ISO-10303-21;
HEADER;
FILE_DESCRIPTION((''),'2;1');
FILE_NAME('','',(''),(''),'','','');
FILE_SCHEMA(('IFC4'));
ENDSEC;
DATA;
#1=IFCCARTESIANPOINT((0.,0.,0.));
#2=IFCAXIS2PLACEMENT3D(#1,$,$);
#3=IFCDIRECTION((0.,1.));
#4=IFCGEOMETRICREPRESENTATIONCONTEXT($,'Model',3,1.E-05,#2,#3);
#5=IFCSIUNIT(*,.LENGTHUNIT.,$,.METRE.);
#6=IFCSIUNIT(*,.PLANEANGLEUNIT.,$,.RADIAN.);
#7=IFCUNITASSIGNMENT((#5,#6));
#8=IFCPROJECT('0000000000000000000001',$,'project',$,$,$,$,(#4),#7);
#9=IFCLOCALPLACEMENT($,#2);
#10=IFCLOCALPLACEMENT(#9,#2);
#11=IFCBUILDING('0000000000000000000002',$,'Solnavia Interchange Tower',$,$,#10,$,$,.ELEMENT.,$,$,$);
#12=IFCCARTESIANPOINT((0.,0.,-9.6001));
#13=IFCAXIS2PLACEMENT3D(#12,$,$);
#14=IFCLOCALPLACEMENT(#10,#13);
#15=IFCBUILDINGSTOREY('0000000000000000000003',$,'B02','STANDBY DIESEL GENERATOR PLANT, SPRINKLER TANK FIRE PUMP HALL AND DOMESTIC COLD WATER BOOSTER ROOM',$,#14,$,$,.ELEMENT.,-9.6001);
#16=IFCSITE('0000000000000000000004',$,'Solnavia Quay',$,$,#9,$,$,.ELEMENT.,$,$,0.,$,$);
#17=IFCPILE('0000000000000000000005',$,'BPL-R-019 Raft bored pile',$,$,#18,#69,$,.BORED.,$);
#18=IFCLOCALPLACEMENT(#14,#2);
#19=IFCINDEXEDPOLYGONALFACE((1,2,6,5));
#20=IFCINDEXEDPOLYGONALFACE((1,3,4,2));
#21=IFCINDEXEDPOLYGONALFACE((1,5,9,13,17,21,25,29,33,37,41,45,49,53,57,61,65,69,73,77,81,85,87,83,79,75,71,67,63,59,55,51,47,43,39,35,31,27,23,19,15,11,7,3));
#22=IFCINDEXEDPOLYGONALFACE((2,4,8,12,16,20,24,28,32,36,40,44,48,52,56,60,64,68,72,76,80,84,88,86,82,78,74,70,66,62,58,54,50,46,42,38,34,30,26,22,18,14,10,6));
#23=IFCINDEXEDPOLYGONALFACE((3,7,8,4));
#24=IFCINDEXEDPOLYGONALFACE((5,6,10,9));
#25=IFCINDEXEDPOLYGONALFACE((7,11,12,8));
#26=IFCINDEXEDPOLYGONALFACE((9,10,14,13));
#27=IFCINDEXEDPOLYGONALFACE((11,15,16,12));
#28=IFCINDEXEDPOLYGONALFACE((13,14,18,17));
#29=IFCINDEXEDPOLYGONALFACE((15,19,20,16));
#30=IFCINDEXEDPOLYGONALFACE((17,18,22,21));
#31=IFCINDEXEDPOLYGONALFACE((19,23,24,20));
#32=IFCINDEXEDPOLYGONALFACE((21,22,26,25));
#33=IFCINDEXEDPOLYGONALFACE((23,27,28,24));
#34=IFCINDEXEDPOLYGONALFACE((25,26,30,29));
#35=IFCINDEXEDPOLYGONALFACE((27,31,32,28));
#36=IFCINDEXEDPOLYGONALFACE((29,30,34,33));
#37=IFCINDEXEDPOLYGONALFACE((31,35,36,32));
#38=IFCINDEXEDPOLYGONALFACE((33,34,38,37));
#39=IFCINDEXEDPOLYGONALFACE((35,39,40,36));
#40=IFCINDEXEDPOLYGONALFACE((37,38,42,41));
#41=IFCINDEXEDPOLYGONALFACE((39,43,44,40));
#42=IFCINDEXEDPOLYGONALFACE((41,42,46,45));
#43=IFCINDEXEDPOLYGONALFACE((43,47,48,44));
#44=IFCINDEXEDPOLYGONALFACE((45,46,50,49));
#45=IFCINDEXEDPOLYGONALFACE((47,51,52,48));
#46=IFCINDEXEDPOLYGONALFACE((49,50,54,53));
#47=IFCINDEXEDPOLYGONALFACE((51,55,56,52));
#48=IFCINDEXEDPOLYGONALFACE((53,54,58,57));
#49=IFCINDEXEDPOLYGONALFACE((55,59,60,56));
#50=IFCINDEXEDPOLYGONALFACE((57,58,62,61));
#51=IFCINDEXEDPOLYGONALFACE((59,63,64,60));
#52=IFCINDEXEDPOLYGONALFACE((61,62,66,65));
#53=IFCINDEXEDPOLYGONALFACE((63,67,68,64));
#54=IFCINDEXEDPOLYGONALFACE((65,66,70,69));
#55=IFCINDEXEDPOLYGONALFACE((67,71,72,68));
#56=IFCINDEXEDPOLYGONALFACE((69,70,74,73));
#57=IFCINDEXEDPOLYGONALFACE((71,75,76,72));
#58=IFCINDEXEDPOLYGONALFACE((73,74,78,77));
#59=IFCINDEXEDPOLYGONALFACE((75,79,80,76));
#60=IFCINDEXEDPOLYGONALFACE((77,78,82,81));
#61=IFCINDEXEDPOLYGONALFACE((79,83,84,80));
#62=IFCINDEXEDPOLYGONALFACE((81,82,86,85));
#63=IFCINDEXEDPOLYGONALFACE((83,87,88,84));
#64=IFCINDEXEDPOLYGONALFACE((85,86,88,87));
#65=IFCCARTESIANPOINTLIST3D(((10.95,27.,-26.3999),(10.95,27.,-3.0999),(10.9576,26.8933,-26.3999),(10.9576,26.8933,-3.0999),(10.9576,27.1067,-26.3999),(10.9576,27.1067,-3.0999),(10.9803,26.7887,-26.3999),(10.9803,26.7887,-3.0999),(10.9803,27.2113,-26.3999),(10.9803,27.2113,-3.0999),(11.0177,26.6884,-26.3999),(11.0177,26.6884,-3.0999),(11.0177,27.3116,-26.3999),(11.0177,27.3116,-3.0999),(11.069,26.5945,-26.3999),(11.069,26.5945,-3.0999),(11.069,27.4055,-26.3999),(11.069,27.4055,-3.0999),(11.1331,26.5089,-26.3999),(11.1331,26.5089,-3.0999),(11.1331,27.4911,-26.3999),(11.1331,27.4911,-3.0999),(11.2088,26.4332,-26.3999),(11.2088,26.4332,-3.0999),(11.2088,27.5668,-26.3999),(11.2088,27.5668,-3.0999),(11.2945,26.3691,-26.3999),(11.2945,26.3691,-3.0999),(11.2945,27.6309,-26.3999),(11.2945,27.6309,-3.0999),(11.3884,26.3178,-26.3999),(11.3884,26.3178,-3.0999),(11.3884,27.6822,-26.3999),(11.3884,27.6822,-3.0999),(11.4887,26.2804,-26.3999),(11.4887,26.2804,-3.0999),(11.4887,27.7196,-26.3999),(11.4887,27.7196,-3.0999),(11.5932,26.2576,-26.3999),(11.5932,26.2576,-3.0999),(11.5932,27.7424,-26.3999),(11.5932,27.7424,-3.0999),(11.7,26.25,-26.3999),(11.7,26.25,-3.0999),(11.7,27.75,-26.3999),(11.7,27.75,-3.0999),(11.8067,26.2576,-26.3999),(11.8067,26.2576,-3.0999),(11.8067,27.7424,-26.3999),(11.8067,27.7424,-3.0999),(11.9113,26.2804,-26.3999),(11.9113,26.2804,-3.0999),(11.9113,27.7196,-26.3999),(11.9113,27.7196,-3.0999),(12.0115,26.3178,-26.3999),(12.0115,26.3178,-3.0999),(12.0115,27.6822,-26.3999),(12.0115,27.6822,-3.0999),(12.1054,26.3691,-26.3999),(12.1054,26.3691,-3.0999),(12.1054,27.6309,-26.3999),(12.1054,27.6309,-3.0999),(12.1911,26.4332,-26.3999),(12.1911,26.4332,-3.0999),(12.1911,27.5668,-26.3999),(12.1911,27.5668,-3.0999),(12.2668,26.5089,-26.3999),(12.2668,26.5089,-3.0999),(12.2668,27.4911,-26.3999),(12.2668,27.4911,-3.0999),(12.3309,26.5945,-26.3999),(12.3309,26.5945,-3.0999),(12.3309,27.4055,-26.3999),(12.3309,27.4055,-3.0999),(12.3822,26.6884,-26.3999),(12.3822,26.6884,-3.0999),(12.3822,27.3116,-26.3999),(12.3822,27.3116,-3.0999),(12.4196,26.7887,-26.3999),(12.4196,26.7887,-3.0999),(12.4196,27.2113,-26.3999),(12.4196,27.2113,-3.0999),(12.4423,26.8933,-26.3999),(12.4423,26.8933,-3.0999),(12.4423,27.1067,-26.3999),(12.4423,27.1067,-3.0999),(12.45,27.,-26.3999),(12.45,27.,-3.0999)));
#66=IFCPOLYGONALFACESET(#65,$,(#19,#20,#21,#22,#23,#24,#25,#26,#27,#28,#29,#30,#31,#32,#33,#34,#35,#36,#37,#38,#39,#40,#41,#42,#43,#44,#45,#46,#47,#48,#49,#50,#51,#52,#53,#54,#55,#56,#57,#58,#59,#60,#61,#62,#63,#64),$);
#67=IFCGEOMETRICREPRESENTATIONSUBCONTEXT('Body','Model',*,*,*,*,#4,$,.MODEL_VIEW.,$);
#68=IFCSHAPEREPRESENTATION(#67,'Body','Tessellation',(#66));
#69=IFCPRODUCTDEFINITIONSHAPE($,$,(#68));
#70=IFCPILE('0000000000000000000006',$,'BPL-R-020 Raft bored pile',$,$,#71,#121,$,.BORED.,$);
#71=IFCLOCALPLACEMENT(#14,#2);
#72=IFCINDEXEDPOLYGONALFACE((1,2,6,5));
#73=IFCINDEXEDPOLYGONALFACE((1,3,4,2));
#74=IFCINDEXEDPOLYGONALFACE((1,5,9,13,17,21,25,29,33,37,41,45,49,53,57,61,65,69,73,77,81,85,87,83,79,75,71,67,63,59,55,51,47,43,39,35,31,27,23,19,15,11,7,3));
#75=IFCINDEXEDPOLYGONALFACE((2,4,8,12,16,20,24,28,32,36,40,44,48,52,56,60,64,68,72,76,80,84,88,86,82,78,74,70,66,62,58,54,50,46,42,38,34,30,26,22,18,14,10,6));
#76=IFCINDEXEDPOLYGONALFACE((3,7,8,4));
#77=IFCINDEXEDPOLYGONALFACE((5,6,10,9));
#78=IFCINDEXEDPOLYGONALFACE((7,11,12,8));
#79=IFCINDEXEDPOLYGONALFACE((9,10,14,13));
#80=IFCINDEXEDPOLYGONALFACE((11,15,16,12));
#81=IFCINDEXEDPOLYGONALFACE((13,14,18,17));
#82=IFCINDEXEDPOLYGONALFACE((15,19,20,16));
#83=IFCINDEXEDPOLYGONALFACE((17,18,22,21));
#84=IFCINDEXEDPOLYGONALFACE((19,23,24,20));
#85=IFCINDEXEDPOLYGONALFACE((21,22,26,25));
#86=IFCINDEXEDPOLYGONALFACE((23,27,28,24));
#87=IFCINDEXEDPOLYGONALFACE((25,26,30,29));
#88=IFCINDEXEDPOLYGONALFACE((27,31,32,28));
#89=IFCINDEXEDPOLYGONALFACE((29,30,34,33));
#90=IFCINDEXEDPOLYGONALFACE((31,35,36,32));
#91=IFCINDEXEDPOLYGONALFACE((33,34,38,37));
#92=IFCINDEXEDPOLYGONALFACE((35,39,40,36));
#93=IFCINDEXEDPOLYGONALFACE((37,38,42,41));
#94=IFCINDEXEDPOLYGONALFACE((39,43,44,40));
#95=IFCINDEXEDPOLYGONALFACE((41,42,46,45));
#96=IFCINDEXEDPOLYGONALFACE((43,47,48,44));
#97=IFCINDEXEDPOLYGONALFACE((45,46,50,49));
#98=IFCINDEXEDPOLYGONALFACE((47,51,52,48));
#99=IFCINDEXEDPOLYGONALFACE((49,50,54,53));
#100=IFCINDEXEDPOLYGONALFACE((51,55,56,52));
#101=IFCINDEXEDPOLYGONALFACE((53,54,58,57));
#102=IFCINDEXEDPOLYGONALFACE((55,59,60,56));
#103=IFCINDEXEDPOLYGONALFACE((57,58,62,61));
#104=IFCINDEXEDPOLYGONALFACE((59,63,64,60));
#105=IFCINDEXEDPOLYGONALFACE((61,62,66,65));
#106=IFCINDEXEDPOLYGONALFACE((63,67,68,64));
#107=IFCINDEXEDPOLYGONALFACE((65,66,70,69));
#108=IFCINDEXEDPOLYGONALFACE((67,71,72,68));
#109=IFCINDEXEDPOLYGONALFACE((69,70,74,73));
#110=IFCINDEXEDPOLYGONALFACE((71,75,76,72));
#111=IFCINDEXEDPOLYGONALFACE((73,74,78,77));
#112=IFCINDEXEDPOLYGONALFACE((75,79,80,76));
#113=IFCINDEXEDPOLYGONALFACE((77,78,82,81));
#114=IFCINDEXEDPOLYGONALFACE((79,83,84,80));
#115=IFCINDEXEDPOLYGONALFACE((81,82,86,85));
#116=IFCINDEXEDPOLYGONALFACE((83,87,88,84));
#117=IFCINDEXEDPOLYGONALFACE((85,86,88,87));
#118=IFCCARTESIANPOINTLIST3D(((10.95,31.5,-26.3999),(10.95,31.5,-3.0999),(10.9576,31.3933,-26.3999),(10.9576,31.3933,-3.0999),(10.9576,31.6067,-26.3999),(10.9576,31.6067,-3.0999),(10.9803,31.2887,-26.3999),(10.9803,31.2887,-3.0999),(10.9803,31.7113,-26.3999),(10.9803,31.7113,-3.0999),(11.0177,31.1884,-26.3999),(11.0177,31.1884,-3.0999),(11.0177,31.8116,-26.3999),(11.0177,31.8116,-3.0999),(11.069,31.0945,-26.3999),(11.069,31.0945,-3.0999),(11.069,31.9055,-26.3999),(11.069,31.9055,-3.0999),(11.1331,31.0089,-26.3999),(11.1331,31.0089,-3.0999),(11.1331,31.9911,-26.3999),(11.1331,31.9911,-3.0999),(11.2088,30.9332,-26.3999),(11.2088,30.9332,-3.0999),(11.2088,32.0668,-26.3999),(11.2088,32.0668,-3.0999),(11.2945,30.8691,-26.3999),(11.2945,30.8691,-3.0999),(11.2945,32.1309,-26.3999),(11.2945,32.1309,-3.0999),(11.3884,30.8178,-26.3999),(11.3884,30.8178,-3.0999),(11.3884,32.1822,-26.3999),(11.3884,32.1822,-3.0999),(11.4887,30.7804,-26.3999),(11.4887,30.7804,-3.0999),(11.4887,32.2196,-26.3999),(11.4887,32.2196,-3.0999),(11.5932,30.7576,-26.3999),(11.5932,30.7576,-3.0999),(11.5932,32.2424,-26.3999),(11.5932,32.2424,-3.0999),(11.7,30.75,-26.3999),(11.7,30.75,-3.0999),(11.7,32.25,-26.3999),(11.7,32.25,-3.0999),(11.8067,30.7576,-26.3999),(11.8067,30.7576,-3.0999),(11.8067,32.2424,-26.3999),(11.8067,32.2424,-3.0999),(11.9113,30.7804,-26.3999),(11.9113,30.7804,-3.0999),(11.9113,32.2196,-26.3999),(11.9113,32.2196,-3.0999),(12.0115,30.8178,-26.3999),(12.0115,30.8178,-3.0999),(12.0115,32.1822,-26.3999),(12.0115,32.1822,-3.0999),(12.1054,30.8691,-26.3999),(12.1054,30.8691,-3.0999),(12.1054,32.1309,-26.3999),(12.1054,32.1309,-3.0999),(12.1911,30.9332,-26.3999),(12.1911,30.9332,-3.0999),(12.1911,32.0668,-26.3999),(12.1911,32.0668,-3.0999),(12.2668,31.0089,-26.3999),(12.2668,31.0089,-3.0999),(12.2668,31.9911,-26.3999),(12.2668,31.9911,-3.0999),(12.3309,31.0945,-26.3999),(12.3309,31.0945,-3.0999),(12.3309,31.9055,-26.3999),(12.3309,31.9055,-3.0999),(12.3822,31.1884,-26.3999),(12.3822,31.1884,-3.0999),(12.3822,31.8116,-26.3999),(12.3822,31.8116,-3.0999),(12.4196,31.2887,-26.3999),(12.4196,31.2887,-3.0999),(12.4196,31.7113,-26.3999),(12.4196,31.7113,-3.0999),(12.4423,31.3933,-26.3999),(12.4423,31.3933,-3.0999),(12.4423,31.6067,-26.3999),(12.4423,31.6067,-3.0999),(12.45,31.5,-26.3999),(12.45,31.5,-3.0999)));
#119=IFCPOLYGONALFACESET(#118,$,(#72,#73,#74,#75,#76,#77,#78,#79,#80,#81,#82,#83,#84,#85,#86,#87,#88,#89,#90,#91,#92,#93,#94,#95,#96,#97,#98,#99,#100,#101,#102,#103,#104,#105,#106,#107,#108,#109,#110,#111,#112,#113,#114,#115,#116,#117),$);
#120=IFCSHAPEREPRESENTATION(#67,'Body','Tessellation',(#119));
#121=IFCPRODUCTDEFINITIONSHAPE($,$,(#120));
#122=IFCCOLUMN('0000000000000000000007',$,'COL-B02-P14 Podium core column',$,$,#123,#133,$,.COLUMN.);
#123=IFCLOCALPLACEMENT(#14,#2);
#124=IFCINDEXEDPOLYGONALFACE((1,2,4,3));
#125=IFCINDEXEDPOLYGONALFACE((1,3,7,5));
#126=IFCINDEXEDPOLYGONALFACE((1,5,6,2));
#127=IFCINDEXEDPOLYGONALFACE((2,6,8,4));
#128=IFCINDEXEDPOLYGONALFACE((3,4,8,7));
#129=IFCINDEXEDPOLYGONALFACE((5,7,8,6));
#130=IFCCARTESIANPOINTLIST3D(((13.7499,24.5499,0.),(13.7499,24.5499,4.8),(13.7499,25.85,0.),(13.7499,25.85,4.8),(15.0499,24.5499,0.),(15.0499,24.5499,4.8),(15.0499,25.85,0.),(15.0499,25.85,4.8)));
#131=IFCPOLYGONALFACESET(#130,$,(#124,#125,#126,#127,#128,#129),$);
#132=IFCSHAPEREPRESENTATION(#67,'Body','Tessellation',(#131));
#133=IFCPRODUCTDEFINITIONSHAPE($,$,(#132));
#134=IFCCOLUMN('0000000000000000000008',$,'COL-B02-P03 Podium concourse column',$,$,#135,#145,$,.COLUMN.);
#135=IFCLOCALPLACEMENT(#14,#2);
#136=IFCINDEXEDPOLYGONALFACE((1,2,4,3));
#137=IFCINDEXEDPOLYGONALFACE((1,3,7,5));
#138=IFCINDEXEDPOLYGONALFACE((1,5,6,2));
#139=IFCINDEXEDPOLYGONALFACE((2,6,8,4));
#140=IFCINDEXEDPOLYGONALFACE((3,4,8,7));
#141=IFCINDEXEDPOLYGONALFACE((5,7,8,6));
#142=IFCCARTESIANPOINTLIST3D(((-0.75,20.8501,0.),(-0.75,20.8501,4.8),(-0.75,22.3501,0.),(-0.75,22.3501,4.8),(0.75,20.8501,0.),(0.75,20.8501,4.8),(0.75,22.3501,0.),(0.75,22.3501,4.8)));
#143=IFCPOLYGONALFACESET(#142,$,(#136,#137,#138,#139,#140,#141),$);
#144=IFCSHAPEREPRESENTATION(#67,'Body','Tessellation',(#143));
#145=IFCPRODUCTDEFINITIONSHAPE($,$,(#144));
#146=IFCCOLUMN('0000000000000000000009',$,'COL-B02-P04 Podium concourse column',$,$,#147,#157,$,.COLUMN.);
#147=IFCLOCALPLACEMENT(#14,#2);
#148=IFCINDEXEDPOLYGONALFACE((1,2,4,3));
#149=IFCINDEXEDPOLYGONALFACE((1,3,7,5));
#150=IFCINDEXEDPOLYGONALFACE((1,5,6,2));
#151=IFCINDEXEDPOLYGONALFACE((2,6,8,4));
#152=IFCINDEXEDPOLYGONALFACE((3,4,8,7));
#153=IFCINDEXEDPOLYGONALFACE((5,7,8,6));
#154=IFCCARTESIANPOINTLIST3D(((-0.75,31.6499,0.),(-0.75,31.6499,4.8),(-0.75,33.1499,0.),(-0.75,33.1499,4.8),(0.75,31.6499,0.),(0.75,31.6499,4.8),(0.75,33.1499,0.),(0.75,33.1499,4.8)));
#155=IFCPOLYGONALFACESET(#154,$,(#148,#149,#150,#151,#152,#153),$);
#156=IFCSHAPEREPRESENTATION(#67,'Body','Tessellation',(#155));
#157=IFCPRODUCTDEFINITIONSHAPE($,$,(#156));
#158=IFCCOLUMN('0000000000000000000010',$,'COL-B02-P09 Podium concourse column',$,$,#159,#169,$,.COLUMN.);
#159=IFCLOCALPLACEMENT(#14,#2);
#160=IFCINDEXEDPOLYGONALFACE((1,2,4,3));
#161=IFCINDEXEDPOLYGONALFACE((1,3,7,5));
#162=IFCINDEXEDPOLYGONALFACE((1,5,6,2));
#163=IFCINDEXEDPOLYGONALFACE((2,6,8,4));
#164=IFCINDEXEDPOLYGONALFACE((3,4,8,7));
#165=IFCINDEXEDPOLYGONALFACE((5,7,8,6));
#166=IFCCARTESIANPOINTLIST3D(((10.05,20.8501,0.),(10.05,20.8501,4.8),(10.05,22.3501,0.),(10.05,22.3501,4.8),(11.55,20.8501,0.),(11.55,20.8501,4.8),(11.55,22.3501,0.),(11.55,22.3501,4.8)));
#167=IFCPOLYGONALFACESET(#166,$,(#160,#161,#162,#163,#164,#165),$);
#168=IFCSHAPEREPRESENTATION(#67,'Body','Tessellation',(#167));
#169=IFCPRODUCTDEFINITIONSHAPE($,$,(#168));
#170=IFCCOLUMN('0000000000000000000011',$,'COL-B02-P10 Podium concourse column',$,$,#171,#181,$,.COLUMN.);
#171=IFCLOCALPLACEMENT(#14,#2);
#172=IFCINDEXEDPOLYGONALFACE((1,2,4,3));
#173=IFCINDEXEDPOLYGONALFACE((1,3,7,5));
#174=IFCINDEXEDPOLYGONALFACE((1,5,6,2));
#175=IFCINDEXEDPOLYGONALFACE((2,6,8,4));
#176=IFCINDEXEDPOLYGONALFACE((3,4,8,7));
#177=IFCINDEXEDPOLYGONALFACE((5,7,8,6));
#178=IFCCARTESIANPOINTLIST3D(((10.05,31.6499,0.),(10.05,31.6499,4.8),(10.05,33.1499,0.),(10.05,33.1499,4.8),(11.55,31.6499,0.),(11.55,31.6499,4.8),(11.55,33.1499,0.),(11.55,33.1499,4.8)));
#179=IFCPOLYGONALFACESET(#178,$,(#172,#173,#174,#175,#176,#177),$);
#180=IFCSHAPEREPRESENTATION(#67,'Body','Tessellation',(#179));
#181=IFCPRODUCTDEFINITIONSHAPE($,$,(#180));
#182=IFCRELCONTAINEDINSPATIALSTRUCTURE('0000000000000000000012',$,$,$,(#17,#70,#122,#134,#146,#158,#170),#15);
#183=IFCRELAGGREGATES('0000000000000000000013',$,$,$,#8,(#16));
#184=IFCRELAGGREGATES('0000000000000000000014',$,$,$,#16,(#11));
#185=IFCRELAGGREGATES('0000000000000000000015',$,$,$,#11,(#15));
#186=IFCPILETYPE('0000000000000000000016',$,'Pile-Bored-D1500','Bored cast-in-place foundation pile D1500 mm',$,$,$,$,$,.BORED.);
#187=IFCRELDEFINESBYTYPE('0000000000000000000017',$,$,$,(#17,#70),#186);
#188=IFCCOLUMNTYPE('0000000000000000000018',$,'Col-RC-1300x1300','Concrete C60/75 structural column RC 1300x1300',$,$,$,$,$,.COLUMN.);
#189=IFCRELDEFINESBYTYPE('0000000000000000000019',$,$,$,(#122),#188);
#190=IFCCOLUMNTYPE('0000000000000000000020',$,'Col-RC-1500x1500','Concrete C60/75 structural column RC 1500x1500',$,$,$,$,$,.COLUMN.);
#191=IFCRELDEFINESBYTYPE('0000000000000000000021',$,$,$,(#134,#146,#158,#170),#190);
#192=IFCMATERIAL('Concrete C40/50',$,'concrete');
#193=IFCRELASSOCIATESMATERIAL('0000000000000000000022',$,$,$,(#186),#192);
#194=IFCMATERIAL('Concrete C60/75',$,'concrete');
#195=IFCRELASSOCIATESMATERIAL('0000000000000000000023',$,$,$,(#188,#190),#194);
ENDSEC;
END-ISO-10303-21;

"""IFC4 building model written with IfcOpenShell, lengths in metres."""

from ifc_helpers import new_model, si_unit, direction, frame, origin, origin_2d, place, context, subcontext, project, spatial, rectangle, circle, extrude, material, material_profile, profile_set, type_object, element, save


model = new_model("IFC4")

# Units and contexts
model_context = context("Model", 3, precision=1e-05, world=origin(), true_north=direction((0.0, 1.0)))
body_context = subcontext(model_context, "Body", "Model", "MODEL_VIEW")
ifc_project = project(units=[si_unit("LENGTHUNIT", "METRE"), si_unit("PLANEANGLEUNIT", "RADIAN")], contexts=[model_context])

# Site, building, storey
site_placement = place(None, origin())
site = spatial("IfcSite", under=ifc_project, at=site_placement, Name="Solnavia Quay", CompositionType="ELEMENT", RefElevation=0.0)
building_placement = place(site_placement, origin())
building = spatial("IfcBuilding", under=site, at=building_placement, Name="Solnavia Interchange Tower", CompositionType="ELEMENT")
storey_placement = place(building_placement, frame((0.0, 0.0, -9.6001)))
storey = spatial("IfcBuildingStorey", under=building, at=storey_placement, Name="B02", Description="STANDBY DIESEL GENERATOR PLANT, SPRINKLER TANK FIRE PUMP HALL AND DOMESTIC COLD WATER BOOSTER ROOM", CompositionType="ELEMENT", Elevation=-9.6001)

# Shared definitions
ifc_material_1 = material(Name="Concrete C40/50", Category="concrete")

# Piles
ifc_material_profile_1 = material_profile(ifc_material_1, circle(Radius=0.75, at=origin_2d()), Name="PILE D1500")
ifc_profile_set_1 = profile_set([ifc_material_profile_1], Name="Concrete C40/50")
pile_type_1 = type_object("IfcPileType", Name="Pile-Bored-D1500", Description="Bored cast-in-place foundation pile D1500 mm", PredefinedType="BORED", material=ifc_profile_set_1)
for number, where, z_axis, x_axis, name in (
    (1, (11.7, 27.0, -3.0999), (0.0, 0.0, -1.0), (1.0, 0.0, 0.0), "BPL-R-019 Raft bored pile"),
    (2, (11.7, 31.5, -3.0999), (0.0, 0.0, -1.0), (1.0, 0.0, 0.0), "BPL-R-020 Raft bored pile"),
):
    element("IfcPile", number, at=place(storey_placement, frame(where, z_axis=z_axis, x_axis=x_axis)), inside=storey, type_object=pile_type_1, Name=name, PredefinedType="BORED", context=body_context, shape_type="SweptSolid", body=[
        extrude(circle(Radius=0.75, at=origin_2d()), origin(), (0.0, 0.0, 1.0), 23.3),
    ])

# Columns
ifc_material_2 = material(Name="Concrete C60/75", Category="concrete")
ifc_material_profile_2 = material_profile(ifc_material_2, rectangle(XDim=1.3, YDim=1.3, at=origin_2d()), Name="RC 1300x1300")
ifc_profile_set_2 = profile_set([ifc_material_profile_2], Name="Concrete C60/75")
column_type_1 = type_object("IfcColumnType", Name="Col-RC-1300x1300", Description="Concrete C60/75 structural column RC 1300x1300", PredefinedType="COLUMN", material=ifc_profile_set_2)
column_placement = place(storey_placement, frame((14.3999, 25.2, 0.0), z_axis=(0.0, 0.0, 1.0), x_axis=(1.0, 0.0, 0.0)))
element("IfcColumn", 3, at=column_placement, inside=storey, type_object=column_type_1, Name="COL-B02-P14 Podium core column", PredefinedType="COLUMN", context=body_context, shape_type="SweptSolid", body=[
    extrude(rectangle(XDim=1.3, YDim=1.3, at=origin_2d()), origin(), (0.0, 0.0, 1.0), 4.8),
])
ifc_material_profile_3 = material_profile(ifc_material_2, rectangle(XDim=1.5, YDim=1.5, at=origin_2d()), Name="RC 1500x1500")
ifc_profile_set_3 = profile_set([ifc_material_profile_3], Name="Concrete C60/75")
column_type_2 = type_object("IfcColumnType", Name="Col-RC-1500x1500", Description="Concrete C60/75 structural column RC 1500x1500", PredefinedType="COLUMN", material=ifc_profile_set_3)
for number, where, z_axis, x_axis, name in (
    (4, (0.0, 21.6001, 0.0), (0.0, 0.0, 1.0), (1.0, 0.0, 0.0), "COL-B02-P03 Podium concourse column"),
    (5, (0.0, 32.3999, 0.0), (0.0, 0.0, 1.0), (1.0, 0.0, 0.0), "COL-B02-P04 Podium concourse column"),
    (6, (10.8, 21.6001, 0.0), (0.0, 0.0, 1.0), (1.0, 0.0, 0.0), "COL-B02-P09 Podium concourse column"),
    (7, (10.8, 32.3999, 0.0), (0.0, 0.0, 1.0), (1.0, 0.0, 0.0), "COL-B02-P10 Podium concourse column"),
):
    element("IfcColumn", number, at=place(storey_placement, frame(where, z_axis=z_axis, x_axis=x_axis)), inside=storey, type_object=column_type_2, Name=name, PredefinedType="COLUMN", context=body_context, shape_type="SweptSolid", body=[
        extrude(rectangle(XDim=1.5, YDim=1.5, at=origin_2d()), origin(), (0.0, 0.0, 1.0), 4.8),
    ])

save(model, "model.ifc")
